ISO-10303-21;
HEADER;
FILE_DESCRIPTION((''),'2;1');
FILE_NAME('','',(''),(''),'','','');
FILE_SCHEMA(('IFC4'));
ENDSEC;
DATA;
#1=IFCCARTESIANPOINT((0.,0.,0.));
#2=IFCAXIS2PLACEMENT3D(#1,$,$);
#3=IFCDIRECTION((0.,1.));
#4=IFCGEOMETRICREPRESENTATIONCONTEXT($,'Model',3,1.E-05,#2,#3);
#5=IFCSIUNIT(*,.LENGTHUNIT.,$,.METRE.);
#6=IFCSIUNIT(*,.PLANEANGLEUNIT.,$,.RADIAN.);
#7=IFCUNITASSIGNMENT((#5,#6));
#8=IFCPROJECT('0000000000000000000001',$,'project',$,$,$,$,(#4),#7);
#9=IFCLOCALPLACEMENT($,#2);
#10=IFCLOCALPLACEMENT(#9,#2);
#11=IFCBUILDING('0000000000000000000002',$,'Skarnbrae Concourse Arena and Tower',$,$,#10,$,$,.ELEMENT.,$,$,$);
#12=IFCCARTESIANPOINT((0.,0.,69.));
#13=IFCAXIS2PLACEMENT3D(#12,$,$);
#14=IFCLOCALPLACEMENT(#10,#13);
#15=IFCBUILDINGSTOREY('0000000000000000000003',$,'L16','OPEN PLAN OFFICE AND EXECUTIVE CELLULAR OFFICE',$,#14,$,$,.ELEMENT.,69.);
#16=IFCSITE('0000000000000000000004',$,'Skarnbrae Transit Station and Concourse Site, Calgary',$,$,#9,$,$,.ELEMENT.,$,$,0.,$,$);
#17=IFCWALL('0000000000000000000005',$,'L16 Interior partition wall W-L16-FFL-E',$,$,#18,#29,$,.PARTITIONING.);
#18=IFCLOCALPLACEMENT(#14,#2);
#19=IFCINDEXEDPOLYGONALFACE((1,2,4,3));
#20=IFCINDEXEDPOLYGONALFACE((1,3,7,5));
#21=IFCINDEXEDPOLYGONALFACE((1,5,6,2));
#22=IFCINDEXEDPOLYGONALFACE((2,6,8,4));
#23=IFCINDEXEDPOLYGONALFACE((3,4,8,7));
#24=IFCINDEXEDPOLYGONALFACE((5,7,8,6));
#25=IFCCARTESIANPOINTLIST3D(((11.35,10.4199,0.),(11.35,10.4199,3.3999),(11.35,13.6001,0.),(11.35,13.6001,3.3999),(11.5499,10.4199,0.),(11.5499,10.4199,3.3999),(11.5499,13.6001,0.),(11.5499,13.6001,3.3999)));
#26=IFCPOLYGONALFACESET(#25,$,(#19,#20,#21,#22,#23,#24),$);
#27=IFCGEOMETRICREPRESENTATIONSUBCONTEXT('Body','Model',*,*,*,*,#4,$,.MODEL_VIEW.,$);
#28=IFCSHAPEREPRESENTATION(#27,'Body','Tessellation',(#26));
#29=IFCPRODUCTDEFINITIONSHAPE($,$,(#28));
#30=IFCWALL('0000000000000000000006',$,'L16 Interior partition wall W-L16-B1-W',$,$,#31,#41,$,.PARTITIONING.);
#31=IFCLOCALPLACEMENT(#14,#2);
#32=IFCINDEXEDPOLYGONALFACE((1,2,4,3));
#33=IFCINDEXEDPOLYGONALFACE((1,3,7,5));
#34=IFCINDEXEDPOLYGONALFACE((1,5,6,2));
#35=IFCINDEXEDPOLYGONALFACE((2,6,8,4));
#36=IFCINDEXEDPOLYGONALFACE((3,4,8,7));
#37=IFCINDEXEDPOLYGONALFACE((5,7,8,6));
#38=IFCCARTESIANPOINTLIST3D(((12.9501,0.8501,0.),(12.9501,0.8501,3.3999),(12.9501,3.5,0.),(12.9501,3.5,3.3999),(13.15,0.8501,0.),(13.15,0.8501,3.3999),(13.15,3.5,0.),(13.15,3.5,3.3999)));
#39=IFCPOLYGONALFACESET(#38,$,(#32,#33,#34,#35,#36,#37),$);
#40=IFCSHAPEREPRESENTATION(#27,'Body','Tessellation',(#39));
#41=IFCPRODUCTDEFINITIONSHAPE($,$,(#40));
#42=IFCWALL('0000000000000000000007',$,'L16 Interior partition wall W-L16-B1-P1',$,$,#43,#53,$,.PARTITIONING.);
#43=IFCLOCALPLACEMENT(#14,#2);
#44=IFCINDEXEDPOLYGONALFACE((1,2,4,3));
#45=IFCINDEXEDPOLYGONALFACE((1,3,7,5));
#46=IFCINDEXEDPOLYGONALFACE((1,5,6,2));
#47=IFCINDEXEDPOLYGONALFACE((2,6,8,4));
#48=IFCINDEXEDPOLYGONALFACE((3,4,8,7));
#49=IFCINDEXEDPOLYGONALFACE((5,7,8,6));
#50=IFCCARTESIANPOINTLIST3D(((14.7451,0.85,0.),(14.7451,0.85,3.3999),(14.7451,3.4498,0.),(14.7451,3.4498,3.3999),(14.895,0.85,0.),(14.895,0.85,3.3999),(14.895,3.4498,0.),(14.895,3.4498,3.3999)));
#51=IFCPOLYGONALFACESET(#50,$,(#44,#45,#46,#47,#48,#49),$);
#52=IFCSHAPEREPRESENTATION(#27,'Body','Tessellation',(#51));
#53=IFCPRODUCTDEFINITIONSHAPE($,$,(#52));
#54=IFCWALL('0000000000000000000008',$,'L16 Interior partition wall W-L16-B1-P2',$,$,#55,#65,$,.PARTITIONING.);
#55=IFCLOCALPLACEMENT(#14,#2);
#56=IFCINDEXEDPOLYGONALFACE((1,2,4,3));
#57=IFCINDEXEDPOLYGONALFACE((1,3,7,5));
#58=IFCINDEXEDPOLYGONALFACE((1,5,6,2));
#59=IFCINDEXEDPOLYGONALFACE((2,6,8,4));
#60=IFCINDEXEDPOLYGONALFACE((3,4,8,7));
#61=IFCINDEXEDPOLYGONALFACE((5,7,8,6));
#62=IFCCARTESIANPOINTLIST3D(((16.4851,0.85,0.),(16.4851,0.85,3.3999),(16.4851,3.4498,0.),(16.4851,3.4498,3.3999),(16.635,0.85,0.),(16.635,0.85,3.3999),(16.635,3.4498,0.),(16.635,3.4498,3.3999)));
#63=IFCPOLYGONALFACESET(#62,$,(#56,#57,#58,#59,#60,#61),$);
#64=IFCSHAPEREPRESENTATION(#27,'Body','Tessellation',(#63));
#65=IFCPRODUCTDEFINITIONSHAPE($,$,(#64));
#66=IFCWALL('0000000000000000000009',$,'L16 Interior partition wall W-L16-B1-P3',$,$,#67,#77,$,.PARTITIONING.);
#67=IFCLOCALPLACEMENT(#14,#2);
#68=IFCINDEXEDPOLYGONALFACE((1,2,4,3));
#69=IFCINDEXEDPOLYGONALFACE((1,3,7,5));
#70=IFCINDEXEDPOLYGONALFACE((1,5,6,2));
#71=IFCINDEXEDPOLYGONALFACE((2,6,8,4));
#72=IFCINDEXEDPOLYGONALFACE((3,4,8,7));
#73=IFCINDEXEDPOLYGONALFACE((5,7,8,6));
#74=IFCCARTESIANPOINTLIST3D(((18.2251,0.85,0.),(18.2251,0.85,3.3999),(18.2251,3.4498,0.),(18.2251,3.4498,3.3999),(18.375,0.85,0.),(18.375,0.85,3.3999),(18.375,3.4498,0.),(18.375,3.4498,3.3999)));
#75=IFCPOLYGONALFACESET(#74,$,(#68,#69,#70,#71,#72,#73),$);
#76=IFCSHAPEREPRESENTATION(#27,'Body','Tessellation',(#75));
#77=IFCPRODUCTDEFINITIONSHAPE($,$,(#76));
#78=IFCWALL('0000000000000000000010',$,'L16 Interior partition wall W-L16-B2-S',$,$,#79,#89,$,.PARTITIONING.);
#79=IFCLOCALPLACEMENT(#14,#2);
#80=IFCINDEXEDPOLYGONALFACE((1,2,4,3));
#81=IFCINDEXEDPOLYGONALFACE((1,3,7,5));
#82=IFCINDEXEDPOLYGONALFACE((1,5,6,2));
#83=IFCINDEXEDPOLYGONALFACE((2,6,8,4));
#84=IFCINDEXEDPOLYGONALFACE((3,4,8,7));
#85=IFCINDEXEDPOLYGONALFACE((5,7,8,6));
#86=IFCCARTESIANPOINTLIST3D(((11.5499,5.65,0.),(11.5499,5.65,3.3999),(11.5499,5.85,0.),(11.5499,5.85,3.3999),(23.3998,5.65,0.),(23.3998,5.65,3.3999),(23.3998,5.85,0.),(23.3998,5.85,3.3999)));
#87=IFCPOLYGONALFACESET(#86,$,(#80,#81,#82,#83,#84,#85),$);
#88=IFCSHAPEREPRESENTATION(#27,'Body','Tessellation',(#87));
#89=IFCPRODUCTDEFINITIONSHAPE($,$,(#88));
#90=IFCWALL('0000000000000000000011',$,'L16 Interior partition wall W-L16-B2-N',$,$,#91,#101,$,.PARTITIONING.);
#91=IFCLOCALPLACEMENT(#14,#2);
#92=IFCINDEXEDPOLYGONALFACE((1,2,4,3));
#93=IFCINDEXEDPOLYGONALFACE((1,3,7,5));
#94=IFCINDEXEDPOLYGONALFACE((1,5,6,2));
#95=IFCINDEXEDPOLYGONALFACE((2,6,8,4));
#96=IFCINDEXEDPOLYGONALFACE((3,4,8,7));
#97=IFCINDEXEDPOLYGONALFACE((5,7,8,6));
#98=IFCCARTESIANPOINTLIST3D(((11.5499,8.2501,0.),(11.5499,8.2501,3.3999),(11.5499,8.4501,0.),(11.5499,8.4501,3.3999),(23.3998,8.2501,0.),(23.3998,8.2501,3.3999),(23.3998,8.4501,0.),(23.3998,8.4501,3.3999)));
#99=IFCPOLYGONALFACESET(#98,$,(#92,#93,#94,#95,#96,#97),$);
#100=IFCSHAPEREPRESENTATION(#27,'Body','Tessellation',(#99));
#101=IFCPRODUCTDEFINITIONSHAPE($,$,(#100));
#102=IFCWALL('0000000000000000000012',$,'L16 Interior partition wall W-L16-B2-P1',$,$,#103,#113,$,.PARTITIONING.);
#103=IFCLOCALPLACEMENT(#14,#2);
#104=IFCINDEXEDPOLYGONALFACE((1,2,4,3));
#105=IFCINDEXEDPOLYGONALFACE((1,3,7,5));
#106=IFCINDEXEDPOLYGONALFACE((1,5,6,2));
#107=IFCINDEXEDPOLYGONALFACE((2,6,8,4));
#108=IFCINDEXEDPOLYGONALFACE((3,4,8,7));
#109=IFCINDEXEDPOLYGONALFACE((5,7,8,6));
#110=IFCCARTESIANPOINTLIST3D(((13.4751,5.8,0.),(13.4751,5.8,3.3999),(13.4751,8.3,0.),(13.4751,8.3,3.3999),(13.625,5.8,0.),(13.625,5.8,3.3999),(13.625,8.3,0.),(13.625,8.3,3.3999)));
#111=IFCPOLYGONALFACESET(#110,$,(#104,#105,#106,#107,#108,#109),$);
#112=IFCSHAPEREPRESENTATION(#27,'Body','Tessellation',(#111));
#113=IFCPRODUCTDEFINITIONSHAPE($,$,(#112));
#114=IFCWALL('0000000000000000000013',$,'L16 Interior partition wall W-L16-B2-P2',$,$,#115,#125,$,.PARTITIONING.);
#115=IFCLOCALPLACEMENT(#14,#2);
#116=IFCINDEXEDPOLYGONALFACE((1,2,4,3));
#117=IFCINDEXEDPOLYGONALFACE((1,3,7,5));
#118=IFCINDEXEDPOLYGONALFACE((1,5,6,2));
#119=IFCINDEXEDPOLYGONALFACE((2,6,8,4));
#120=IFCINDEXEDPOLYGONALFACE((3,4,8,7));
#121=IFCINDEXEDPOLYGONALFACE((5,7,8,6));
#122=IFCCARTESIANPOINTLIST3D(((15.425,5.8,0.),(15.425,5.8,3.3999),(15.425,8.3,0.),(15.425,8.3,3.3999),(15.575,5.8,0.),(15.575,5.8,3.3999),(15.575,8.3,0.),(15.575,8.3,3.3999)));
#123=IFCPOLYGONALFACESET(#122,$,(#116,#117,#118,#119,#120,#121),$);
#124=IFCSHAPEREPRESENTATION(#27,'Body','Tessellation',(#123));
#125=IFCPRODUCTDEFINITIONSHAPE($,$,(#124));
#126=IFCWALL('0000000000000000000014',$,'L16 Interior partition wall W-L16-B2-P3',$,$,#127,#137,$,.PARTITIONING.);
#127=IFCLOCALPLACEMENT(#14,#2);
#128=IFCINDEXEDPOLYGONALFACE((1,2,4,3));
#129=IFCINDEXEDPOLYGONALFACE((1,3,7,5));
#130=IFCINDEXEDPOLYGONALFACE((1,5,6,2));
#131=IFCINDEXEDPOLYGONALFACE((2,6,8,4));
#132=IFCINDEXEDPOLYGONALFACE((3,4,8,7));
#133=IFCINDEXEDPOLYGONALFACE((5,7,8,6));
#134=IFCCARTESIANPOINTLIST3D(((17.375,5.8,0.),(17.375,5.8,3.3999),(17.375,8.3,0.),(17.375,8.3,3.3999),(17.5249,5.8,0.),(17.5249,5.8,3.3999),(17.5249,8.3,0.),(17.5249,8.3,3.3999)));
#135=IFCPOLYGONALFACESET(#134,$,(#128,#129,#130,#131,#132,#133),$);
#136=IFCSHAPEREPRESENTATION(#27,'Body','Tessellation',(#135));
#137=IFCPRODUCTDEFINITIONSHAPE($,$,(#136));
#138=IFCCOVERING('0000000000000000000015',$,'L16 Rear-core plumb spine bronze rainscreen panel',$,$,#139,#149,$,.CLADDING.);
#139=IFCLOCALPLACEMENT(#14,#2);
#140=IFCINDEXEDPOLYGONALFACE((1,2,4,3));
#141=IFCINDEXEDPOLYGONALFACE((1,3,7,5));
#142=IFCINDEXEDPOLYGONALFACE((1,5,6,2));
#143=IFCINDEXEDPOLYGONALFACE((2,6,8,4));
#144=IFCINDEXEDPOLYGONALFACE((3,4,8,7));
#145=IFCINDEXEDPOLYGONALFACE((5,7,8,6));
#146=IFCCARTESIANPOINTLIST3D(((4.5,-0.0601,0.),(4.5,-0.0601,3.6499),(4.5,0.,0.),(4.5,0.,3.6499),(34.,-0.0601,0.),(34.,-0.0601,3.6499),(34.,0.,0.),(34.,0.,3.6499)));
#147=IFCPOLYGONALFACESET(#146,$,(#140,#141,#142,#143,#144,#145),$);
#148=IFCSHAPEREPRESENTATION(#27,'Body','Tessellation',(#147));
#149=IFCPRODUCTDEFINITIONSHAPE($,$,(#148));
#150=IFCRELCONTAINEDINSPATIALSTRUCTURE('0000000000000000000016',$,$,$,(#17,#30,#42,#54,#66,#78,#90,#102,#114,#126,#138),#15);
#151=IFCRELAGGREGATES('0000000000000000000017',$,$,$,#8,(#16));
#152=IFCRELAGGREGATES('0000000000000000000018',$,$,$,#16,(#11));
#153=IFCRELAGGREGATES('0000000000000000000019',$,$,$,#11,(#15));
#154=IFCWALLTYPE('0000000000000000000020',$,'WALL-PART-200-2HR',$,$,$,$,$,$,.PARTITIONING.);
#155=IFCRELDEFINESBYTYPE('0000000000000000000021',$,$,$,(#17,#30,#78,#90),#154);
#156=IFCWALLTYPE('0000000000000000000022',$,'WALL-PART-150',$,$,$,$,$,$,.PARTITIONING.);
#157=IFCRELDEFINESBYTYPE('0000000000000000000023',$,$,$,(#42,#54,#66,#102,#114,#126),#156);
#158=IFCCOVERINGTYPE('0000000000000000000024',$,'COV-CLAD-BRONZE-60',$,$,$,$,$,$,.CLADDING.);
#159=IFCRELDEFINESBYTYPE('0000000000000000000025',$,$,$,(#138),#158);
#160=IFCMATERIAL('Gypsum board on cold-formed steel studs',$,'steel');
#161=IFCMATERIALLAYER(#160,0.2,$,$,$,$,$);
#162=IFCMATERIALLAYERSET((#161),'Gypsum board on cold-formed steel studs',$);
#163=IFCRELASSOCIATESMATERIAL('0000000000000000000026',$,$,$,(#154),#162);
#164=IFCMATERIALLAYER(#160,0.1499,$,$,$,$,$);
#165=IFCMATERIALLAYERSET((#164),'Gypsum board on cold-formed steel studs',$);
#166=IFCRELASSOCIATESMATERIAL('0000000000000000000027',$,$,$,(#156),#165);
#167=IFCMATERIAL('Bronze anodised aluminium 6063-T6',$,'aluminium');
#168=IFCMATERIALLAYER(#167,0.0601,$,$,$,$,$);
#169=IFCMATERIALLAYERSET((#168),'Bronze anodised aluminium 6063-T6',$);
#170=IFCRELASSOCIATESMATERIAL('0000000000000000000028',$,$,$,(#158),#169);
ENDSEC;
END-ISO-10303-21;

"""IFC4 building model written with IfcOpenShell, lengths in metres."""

from ifc_helpers import new_model, si_unit, direction, frame, frame_2d, origin, origin_2d, place, context, subcontext, project, spatial, rectangle, extrude, source, transform, mapped, material, layer, layer_set, type_object, element, save


model = new_model("IFC4")

# Units and contexts
model_context = context("Model", 3, precision=1e-05, world=origin(), true_north=direction((0.0, 1.0)))
body_context = subcontext(model_context, "Body", "Model", "MODEL_VIEW")
ifc_project = project(units=[si_unit("LENGTHUNIT", "METRE"), si_unit("PLANEANGLEUNIT", "RADIAN")], contexts=[model_context])

# Site, building, storey
site_placement = place(None, origin())
site = spatial("IfcSite", under=ifc_project, at=site_placement, Name="Skarnbrae Transit Station and Concourse Site, Calgary", CompositionType="ELEMENT", RefElevation=0.0)
building_placement = place(site_placement, origin())
building = spatial("IfcBuilding", under=site, at=building_placement, Name="Skarnbrae Concourse Arena and Tower", CompositionType="ELEMENT")
storey_placement = place(building_placement, frame((0.0, 0.0, 69.0)))
storey = spatial("IfcBuildingStorey", under=building, at=storey_placement, Name="L16", Description="OPEN PLAN OFFICE AND EXECUTIVE CELLULAR OFFICE", CompositionType="ELEMENT", Elevation=69.0)

# Wall
ifc_material_1 = material(Name="Gypsum board on cold-formed steel studs", Category="steel")
ifc_layer_1 = layer(ifc_material_1, 0.2)
ifc_layer_set_1 = layer_set([ifc_layer_1], Name="Gypsum board on cold-formed steel studs")
wall_type_1 = type_object("IfcWallType", Name="WALL-PART-200-2HR", PredefinedType="PARTITIONING", material=ifc_layer_set_1)
shared_shape_1 = source(origin(), body_context, "Body", "SweptSolid", [
    extrude(rectangle(XDim=3.1802, YDim=0.2, at=frame_2d((1.5901, 0.0))), origin(), (0.0, 0.0, 1.0), 3.3999),
])
wall_1_placement = place(storey_placement, frame((11.45, 10.4199, 0.0), z_axis=(0.0, 0.0, 1.0), x_axis=(0.0, 1.0, 0.0)))
element("IfcWall", 1, at=wall_1_placement, inside=storey, type_object=wall_type_1, Name="L16 Interior partition wall W-L16-FFL-E", PredefinedType="PARTITIONING", context=body_context, shape_type="MappedRepresentation", body=[
    mapped(shared_shape_1, transform((0.0, 0.0, 0.0))),
])

# Wall
shared_shape_2 = source(origin(), body_context, "Body", "SweptSolid", [
    extrude(rectangle(XDim=2.6499, YDim=0.2, at=frame_2d((1.325, 0.0))), origin(), (0.0, 0.0, 1.0), 3.3999),
])
wall_2_placement = place(storey_placement, frame((13.05, 0.8501, 0.0), z_axis=(0.0, 0.0, 1.0), x_axis=(0.0, 1.0, 0.0)))
element("IfcWall", 2, at=wall_2_placement, inside=storey, type_object=wall_type_1, Name="L16 Interior partition wall W-L16-B1-W", PredefinedType="PARTITIONING", context=body_context, shape_type="MappedRepresentation", body=[
    mapped(shared_shape_2, transform((0.0, 0.0, 0.0))),
])

# Shared definitions
ifc_material_2 = material(Name="Bronze anodised aluminium 6063-T6", Category="aluminium")

# Walls
ifc_layer_2 = layer(ifc_material_1, 0.1499)
ifc_layer_set_2 = layer_set([ifc_layer_2], Name="Gypsum board on cold-formed steel studs")
wall_type_2 = type_object("IfcWallType", Name="WALL-PART-150", PredefinedType="PARTITIONING", material=ifc_layer_set_2)
shared_shape_3 = source(origin(), body_context, "Body", "SweptSolid", [
    extrude(rectangle(XDim=2.5999, YDim=0.1499, at=frame_2d((1.2998, 0.0))), origin(), (0.0, 0.0, 1.0), 3.3999),
])
for number, where, z_axis, x_axis, name in (
    (3, (14.8201, 0.8501, 0.0), (0.0, 0.0, 1.0), (0.0, 1.0, 0.0), "L16 Interior partition wall W-L16-B1-P1"),
    (4, (16.5601, 0.8501, 0.0), (0.0, 0.0, 1.0), (0.0, 1.0, 0.0), "L16 Interior partition wall W-L16-B1-P2"),
    (5, (18.3, 0.8501, 0.0), (0.0, 0.0, 1.0), (0.0, 1.0, 0.0), "L16 Interior partition wall W-L16-B1-P3"),
):
    element("IfcWall", number, at=place(storey_placement, frame(where, z_axis=z_axis, x_axis=x_axis)), inside=storey, type_object=wall_type_2, Name=name, PredefinedType="PARTITIONING", context=body_context, shape_type="MappedRepresentation", body=[
        mapped(shared_shape_3, transform((0.0, 0.0, 0.0))),
    ])
shared_shape_4 = source(origin(), body_context, "Body", "SweptSolid", [
    extrude(rectangle(XDim=11.8499, YDim=0.2, at=frame_2d((5.9248, 0.0))), origin(), (0.0, 0.0, 1.0), 3.3999),
])
for number, where, z_axis, x_axis, name in (
    (6, (11.55, 5.75, 0.0), (0.0, 0.0, 1.0), (1.0, 0.0, 0.0), "L16 Interior partition wall W-L16-B2-S"),
    (7, (11.55, 8.3501, 0.0), (0.0, 0.0, 1.0), (1.0, 0.0, 0.0), "L16 Interior partition wall W-L16-B2-N"),
):
    element("IfcWall", number, at=place(storey_placement, frame(where, z_axis=z_axis, x_axis=x_axis)), inside=storey, type_object=wall_type_1, Name=name, PredefinedType="PARTITIONING", context=body_context, shape_type="MappedRepresentation", body=[
        mapped(shared_shape_4, transform((0.0, 0.0, 0.0))),
    ])
shared_shape_5 = source(origin(), body_context, "Body", "SweptSolid", [
    extrude(rectangle(XDim=2.5, YDim=0.1499, at=frame_2d((1.25, 0.0))), origin(), (0.0, 0.0, 1.0), 3.3999),
])
for number, where, z_axis, x_axis, name in (
    (8, (13.55, 5.8, 0.0), (0.0, 0.0, 1.0), (0.0, 1.0, 0.0), "L16 Interior partition wall W-L16-B2-P1"),
    (9, (15.5, 5.8, 0.0), (0.0, 0.0, 1.0), (0.0, 1.0, 0.0), "L16 Interior partition wall W-L16-B2-P2"),
    (10, (17.45, 5.8, 0.0), (0.0, 0.0, 1.0), (0.0, 1.0, 0.0), "L16 Interior partition wall W-L16-B2-P3"),
):
    element("IfcWall", number, at=place(storey_placement, frame(where, z_axis=z_axis, x_axis=x_axis)), inside=storey, type_object=wall_type_2, Name=name, PredefinedType="PARTITIONING", context=body_context, shape_type="MappedRepresentation", body=[
        mapped(shared_shape_5, transform((0.0, 0.0, 0.0))),
    ])

# Covering
ifc_layer_3 = layer(ifc_material_2, 0.0601)
ifc_layer_set_3 = layer_set([ifc_layer_3], Name="Bronze anodised aluminium 6063-T6")
covering_type = type_object("IfcCoveringType", Name="COV-CLAD-BRONZE-60", PredefinedType="CLADDING", material=ifc_layer_set_3)
shared_shape_6 = source(origin(), body_context, "Body", "SweptSolid", [
    extrude(rectangle(XDim=29.5, YDim=0.0601, at=origin_2d()), origin(), (0.0, 0.0, 1.0), 3.6499),
])
covering_placement = place(storey_placement, frame((19.25, -0.03, 0.0), z_axis=(0.0, 0.0, 1.0), x_axis=(1.0, 0.0, 0.0)))
element("IfcCovering", 11, at=covering_placement, inside=storey, type_object=covering_type, Name="L16 Rear-core plumb spine bronze rainscreen panel", PredefinedType="CLADDING", context=body_context, shape_type="MappedRepresentation", body=[
    mapped(shared_shape_6, transform((0.0, 0.0, 0.0))),
])

save(model, "model.ifc")
